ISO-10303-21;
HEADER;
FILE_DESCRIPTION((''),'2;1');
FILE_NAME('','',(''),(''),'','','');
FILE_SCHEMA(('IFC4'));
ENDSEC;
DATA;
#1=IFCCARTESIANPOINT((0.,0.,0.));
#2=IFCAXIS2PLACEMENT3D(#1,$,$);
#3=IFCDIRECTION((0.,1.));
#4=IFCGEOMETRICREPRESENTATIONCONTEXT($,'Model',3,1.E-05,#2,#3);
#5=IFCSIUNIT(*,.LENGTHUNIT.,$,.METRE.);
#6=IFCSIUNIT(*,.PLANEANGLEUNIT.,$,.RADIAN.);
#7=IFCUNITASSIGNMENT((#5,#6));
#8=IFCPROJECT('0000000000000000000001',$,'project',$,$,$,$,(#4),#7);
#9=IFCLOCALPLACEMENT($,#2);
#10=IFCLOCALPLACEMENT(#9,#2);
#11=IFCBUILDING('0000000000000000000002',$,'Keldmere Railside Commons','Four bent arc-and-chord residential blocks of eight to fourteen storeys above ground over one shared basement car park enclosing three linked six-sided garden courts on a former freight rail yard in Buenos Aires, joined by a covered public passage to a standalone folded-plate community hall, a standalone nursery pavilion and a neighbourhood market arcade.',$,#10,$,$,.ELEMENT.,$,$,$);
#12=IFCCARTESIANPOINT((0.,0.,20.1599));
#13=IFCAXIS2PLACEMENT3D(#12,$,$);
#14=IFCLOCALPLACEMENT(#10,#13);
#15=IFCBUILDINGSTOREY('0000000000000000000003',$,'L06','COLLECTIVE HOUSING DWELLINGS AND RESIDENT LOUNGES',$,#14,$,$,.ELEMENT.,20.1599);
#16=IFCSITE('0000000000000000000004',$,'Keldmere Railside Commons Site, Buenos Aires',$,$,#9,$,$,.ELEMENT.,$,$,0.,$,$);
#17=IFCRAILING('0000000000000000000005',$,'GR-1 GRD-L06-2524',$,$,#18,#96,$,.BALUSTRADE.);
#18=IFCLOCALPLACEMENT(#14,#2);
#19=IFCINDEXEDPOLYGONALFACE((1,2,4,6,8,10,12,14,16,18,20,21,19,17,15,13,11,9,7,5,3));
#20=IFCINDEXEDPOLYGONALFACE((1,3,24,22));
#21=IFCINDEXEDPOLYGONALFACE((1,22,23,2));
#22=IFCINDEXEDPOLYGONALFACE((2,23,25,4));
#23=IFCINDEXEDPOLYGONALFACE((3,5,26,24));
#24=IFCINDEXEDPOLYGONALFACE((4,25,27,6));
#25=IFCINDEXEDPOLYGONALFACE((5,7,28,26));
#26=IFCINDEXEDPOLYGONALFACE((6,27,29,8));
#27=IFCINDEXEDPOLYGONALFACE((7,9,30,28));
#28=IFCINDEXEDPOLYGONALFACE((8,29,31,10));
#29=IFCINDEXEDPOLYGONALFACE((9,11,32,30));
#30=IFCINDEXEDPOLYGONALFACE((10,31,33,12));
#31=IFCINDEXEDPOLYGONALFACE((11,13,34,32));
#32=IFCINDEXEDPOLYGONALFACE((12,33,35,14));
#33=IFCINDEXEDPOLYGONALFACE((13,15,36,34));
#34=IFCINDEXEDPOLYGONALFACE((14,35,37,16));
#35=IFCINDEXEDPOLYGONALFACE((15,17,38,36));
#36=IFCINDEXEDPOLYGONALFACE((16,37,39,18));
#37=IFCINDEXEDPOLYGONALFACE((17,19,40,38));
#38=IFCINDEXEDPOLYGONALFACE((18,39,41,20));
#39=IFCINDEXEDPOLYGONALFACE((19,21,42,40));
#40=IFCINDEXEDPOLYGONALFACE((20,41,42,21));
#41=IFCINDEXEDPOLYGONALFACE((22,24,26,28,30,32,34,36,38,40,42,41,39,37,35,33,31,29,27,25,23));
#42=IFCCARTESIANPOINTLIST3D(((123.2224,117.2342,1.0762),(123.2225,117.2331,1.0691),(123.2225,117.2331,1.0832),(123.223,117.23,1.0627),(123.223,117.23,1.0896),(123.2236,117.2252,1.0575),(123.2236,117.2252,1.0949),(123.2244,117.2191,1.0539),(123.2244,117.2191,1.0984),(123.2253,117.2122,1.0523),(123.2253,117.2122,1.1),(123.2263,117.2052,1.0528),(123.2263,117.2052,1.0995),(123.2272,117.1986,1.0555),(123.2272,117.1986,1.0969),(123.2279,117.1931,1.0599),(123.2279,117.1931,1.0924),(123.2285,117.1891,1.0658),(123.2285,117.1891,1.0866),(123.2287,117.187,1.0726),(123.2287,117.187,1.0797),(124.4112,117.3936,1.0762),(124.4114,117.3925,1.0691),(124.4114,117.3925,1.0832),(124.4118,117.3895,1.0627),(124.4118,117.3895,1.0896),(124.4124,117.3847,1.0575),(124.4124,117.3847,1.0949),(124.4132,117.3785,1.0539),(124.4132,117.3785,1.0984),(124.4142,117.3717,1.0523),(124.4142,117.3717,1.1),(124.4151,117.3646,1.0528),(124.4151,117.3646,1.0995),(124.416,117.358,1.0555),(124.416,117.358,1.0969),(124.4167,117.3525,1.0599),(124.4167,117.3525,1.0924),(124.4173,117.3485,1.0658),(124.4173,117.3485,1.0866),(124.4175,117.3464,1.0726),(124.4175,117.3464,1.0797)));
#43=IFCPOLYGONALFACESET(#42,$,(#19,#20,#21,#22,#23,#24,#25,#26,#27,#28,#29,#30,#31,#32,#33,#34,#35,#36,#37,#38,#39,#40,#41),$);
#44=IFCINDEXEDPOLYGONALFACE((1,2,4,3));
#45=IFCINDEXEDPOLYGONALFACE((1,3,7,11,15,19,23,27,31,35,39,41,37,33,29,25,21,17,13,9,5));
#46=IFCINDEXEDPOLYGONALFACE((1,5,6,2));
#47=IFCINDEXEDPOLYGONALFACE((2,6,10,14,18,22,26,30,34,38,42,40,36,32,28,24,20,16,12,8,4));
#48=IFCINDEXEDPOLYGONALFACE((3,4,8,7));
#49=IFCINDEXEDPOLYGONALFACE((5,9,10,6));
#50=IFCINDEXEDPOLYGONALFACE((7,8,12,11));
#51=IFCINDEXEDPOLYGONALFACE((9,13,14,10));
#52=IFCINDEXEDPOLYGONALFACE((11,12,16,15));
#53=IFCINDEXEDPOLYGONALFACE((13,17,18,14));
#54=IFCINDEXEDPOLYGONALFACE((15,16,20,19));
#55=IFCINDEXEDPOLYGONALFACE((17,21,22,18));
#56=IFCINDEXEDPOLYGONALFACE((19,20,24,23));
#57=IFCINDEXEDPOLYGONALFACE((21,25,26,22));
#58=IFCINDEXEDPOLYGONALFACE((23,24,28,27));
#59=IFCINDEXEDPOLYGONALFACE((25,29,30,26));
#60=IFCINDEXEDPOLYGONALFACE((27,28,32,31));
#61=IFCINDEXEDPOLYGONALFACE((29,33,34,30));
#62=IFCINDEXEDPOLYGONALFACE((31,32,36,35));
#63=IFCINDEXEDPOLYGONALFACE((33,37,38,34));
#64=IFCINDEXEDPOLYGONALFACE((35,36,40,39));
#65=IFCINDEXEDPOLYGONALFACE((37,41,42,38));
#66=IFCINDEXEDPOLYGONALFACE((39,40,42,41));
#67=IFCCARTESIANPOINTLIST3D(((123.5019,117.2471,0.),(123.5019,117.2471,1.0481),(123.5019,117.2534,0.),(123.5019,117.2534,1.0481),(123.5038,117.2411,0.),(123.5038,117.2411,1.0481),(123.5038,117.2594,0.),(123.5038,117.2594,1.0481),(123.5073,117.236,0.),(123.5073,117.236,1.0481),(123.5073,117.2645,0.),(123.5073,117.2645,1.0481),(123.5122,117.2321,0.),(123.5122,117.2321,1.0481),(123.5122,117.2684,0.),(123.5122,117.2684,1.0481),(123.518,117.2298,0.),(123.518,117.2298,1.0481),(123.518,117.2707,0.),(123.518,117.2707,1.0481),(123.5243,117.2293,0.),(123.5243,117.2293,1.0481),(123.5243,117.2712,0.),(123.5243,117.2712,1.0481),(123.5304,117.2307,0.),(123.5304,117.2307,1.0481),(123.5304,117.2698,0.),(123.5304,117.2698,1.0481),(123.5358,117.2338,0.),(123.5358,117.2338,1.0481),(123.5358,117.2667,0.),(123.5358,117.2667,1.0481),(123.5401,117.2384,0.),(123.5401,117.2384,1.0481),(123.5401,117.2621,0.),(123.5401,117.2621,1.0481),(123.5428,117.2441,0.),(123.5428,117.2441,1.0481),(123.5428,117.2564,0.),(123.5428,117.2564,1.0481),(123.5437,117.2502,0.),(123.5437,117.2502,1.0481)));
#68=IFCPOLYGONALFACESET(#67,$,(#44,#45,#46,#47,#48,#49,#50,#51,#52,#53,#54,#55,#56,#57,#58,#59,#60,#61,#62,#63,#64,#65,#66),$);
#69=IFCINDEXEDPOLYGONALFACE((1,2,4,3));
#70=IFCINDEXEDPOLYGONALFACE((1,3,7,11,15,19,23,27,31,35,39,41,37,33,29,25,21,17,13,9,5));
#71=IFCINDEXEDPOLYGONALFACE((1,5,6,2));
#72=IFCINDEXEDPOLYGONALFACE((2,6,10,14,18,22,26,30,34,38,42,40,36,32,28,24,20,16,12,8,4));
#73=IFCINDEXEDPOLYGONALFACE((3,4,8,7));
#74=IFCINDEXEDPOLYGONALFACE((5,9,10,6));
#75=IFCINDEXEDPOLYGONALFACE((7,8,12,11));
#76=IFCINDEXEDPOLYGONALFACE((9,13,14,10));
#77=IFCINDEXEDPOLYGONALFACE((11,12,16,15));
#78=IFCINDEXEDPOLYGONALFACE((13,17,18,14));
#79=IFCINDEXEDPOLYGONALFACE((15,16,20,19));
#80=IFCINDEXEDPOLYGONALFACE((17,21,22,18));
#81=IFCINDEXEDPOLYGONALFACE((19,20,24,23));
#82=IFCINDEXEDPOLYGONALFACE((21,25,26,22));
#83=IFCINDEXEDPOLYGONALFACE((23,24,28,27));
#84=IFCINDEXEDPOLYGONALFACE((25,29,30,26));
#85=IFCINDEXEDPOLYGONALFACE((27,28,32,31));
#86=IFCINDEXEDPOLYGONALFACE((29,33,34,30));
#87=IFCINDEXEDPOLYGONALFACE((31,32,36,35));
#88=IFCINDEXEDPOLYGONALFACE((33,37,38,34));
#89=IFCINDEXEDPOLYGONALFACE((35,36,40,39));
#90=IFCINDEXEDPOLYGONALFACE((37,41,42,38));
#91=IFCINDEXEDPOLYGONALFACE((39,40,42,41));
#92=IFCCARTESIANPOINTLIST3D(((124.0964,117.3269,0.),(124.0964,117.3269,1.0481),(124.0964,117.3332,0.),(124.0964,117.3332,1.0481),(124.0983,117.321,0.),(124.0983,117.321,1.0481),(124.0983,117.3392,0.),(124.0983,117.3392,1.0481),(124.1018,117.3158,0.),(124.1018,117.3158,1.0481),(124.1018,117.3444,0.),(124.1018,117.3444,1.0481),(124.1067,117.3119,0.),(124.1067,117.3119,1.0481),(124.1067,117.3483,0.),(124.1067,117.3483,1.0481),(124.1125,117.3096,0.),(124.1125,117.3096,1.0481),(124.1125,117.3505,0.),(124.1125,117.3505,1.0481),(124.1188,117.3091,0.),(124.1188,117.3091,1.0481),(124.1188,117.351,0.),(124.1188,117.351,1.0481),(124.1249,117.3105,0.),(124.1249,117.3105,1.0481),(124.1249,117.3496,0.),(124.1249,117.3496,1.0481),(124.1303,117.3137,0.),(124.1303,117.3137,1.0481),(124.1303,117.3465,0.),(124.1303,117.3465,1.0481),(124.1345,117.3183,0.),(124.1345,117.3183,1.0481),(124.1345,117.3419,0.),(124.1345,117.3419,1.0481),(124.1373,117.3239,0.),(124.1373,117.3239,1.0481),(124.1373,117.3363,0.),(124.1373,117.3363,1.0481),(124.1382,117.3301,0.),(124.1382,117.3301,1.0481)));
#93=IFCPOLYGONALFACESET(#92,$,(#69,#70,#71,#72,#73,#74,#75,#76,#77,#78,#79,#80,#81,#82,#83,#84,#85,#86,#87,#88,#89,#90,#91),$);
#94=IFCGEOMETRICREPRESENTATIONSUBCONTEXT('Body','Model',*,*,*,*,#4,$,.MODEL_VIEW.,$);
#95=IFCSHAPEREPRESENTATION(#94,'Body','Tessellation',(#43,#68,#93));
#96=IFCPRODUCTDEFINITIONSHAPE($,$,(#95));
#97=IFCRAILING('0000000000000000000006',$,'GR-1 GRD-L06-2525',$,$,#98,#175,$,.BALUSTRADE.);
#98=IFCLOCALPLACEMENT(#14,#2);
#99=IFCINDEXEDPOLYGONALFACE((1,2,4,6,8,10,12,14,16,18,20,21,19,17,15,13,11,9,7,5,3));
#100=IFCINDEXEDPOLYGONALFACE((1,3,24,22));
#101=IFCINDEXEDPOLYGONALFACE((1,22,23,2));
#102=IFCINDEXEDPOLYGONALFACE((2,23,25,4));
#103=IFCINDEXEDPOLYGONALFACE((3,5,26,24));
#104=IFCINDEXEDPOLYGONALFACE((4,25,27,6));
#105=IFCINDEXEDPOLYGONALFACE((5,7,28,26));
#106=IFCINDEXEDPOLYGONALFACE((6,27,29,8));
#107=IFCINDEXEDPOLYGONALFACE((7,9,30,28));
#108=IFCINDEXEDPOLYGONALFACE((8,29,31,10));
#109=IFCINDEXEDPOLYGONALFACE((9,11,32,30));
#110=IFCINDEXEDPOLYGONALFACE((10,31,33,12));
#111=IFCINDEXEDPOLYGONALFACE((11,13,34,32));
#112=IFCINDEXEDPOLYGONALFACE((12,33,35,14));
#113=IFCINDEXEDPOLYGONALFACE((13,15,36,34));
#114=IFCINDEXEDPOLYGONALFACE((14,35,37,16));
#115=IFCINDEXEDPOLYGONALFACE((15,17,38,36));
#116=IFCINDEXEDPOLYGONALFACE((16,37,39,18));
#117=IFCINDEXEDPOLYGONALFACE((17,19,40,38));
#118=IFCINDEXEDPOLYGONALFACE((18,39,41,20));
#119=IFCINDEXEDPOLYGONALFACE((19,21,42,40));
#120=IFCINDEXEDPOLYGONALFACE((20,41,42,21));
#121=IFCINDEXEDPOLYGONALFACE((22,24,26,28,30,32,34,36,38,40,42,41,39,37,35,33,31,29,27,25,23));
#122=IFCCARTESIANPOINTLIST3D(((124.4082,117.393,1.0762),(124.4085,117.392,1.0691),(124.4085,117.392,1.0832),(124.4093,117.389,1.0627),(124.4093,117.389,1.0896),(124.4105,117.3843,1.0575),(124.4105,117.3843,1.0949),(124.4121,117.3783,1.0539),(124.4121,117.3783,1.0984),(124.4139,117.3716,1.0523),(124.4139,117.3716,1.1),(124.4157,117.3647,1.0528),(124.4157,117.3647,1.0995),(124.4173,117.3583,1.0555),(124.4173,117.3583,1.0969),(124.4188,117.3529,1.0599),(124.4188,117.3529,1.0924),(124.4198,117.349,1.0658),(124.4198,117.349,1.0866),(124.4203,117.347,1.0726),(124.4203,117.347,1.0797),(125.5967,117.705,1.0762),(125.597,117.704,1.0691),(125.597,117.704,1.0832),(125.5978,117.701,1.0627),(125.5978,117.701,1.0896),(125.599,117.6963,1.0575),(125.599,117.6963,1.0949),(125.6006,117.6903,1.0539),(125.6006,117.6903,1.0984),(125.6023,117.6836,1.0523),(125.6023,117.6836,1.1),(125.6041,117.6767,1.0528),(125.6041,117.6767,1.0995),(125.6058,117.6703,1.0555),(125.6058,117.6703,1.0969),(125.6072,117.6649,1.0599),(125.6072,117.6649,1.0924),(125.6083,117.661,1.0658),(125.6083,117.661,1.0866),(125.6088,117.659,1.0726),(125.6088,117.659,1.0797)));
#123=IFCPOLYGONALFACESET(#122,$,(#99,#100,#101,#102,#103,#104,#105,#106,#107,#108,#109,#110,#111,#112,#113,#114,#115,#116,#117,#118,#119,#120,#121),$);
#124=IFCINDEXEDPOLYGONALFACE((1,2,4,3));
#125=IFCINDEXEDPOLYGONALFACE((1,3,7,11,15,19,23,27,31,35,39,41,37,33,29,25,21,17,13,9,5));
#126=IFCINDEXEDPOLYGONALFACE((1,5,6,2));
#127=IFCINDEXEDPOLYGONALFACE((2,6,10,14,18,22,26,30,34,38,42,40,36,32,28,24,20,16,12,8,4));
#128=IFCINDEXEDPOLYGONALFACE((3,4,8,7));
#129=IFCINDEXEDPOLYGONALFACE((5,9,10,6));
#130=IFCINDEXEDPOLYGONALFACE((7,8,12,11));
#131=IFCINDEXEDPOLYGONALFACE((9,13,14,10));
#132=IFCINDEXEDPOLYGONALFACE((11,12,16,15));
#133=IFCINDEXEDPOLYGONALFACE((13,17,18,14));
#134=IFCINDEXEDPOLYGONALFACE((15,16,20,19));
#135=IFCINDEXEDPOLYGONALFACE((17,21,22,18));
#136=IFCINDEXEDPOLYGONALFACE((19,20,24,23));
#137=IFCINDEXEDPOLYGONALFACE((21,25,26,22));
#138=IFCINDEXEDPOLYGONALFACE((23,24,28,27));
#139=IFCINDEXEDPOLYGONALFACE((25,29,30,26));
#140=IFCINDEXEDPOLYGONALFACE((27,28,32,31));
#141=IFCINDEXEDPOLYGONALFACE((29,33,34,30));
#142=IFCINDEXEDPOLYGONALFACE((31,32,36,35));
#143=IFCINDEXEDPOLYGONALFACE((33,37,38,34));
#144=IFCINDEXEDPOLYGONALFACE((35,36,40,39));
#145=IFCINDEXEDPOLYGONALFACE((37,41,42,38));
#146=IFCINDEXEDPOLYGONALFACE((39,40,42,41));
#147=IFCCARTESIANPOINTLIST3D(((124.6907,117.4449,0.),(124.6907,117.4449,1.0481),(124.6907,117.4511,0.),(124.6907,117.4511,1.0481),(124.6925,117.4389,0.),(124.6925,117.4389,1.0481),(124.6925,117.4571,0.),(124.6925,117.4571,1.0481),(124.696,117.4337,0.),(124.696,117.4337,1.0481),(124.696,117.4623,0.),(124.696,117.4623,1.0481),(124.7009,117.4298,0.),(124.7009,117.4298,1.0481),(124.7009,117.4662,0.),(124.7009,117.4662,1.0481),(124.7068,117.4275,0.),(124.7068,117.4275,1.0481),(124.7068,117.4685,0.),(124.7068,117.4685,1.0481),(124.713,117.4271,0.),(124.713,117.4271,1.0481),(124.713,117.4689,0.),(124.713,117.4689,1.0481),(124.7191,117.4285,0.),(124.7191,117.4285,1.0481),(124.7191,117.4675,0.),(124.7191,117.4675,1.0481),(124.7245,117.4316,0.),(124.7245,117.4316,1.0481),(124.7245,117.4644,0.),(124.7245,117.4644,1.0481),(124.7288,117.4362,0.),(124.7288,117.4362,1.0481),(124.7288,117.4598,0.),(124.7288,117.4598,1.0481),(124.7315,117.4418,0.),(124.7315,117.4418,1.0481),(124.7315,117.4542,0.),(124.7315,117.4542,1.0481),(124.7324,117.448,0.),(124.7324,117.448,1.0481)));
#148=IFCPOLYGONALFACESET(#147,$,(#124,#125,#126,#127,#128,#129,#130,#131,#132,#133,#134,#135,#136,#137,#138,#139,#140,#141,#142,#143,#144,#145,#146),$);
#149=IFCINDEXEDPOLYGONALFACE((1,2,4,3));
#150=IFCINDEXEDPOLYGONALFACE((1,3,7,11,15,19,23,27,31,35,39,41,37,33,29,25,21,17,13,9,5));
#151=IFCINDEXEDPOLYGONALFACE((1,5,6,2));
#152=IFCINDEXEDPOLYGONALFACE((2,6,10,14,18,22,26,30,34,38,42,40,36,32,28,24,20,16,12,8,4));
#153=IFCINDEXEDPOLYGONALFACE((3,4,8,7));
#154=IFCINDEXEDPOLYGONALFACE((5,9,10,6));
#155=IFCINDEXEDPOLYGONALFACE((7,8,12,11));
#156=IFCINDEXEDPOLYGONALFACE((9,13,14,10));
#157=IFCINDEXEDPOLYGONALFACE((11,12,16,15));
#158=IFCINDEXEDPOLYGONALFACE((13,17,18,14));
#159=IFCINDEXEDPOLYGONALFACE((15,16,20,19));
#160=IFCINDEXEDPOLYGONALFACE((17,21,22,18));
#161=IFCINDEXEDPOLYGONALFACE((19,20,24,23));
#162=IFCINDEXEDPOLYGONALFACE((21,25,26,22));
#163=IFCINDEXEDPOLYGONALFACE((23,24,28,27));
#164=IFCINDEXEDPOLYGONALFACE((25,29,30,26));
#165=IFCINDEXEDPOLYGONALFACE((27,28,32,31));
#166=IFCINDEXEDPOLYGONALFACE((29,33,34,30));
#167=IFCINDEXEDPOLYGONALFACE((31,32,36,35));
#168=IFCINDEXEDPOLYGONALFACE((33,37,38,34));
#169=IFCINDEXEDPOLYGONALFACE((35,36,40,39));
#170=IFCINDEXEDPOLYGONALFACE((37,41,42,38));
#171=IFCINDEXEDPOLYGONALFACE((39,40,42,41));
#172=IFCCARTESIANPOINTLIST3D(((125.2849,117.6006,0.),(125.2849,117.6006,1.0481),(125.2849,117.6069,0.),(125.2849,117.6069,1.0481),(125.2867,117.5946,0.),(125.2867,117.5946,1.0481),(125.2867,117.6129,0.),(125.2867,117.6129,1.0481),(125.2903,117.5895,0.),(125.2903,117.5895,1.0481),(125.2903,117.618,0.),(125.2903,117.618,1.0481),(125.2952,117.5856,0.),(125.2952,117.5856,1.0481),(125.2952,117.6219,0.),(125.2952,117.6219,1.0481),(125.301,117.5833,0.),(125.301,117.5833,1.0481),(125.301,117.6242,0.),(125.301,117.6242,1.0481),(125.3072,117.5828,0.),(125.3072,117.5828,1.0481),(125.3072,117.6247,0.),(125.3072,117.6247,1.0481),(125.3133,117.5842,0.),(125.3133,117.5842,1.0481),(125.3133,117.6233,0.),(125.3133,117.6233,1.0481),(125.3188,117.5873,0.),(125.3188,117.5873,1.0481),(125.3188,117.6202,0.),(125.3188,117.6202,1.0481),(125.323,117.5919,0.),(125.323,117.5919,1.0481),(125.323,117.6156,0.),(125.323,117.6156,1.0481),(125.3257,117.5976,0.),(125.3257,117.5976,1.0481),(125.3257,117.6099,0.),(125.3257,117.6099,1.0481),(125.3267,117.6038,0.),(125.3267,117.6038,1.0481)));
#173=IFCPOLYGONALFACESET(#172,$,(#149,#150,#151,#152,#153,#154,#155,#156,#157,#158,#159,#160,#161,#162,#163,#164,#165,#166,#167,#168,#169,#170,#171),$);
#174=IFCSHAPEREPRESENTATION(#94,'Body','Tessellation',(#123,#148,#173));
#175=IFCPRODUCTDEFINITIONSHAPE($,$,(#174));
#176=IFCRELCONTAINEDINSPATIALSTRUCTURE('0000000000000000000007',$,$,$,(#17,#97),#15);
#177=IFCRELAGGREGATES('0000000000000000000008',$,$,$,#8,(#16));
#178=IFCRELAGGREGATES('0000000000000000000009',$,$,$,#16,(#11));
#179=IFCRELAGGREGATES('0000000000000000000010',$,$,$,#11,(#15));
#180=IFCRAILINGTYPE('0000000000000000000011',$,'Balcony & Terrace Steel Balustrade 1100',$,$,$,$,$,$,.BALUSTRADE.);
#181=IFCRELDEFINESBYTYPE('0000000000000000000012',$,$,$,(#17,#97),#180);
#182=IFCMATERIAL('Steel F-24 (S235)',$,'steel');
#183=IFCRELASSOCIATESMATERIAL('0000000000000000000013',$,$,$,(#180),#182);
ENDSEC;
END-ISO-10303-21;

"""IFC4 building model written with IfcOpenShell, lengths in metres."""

from ifc_helpers import new_model, si_unit, direction, frame, origin, origin_2d, place, context, subcontext, project, spatial, circle, extrude, material, type_object, element, save


model = new_model("IFC4")

# Units and contexts
model_context = context("Model", 3, precision=1e-05, world=origin(), true_north=direction((0.0, 1.0)))
body_context = subcontext(model_context, "Body", "Model", "MODEL_VIEW")
ifc_project = project(units=[si_unit("LENGTHUNIT", "METRE"), si_unit("PLANEANGLEUNIT", "RADIAN")], contexts=[model_context])

# Site, building, storey
site_placement = place(None, origin())
site = spatial("IfcSite", under=ifc_project, at=site_placement, Name="Keldmere Railside Commons Site, Buenos Aires", CompositionType="ELEMENT", RefElevation=0.0)
building_placement = place(site_placement, origin())
building = spatial("IfcBuilding", under=site, at=building_placement, Name="Keldmere Railside Commons", Description="Four bent arc-and-chord residential blocks of eight to fourteen storeys above ground over one shared basement car park enclosing three linked six-sided garden courts on a former freight rail yard in Buenos Aires, joined by a covered public passage to a standalone folded-plate community hall, a standalone nursery pavilion and a neighbourhood market arcade.", CompositionType="ELEMENT")
storey_placement = place(building_placement, frame((0.0, 0.0, 20.1599)))
storey = spatial("IfcBuildingStorey", under=building, at=storey_placement, Name="L06", Description="COLLECTIVE HOUSING DWELLINGS AND RESIDENT LOUNGES", CompositionType="ELEMENT", Elevation=20.1599)

# Railings
ifc_material_1 = material(Name="Steel F-24 (S235)", Category="steel")
railing_type = type_object("IfcRailingType", Name="Balcony & Terrace Steel Balustrade 1100", PredefinedType="BALUSTRADE", material=ifc_material_1)
railing_1_placement = place(storey_placement, frame((123.2256, 117.2104, 0.0)))
element("IfcRailing", 1, at=railing_1_placement, inside=storey, type_object=railing_type, Name="GR-1 GRD-L06-2524", PredefinedType="BALUSTRADE", context=body_context, shape_type="SweptSolid", body=[
    extrude(circle(Radius=0.0239, at=origin_2d()), frame((0.0, 0.0, 1.0762), z_axis=(0.991126, 0.132924, 0.0), x_axis=(-0.132924, 0.991126, 0.0)), (0.0, 0.0, 1.0), 1.1995),
    extrude(circle(Radius=0.021, at=origin_2d()), frame((0.2971, 0.0398, 0.0)), (0.0, 0.0, 1.0), 1.0481),
    extrude(circle(Radius=0.021, at=origin_2d()), frame((0.8916, 0.1196, 0.0)), (0.0, 0.0, 1.0), 1.0481),
])
railing_2_placement = place(storey_placement, frame((124.4143, 117.3699, 0.0)))
element("IfcRailing", 2, at=railing_2_placement, inside=storey, type_object=railing_type, Name="GR-1 GRD-L06-2525", PredefinedType="BALUSTRADE", context=body_context, shape_type="SweptSolid", body=[
    extrude(circle(Radius=0.0239, at=origin_2d()), frame((0.0, 0.0, 1.0762), z_axis=(0.967224, 0.253926, 0.0), x_axis=(-0.253926, 0.967224, 0.0)), (0.0, 0.0, 1.0), 1.2288),
    extrude(circle(Radius=0.021, at=origin_2d()), frame((0.2971, 0.0781, 0.0)), (0.0, 0.0, 1.0), 1.0481),
    extrude(circle(Radius=0.021, at=origin_2d()), frame((0.8914, 0.2339, 0.0)), (0.0, 0.0, 1.0), 1.0481),
])

save(model, "model.ifc")
